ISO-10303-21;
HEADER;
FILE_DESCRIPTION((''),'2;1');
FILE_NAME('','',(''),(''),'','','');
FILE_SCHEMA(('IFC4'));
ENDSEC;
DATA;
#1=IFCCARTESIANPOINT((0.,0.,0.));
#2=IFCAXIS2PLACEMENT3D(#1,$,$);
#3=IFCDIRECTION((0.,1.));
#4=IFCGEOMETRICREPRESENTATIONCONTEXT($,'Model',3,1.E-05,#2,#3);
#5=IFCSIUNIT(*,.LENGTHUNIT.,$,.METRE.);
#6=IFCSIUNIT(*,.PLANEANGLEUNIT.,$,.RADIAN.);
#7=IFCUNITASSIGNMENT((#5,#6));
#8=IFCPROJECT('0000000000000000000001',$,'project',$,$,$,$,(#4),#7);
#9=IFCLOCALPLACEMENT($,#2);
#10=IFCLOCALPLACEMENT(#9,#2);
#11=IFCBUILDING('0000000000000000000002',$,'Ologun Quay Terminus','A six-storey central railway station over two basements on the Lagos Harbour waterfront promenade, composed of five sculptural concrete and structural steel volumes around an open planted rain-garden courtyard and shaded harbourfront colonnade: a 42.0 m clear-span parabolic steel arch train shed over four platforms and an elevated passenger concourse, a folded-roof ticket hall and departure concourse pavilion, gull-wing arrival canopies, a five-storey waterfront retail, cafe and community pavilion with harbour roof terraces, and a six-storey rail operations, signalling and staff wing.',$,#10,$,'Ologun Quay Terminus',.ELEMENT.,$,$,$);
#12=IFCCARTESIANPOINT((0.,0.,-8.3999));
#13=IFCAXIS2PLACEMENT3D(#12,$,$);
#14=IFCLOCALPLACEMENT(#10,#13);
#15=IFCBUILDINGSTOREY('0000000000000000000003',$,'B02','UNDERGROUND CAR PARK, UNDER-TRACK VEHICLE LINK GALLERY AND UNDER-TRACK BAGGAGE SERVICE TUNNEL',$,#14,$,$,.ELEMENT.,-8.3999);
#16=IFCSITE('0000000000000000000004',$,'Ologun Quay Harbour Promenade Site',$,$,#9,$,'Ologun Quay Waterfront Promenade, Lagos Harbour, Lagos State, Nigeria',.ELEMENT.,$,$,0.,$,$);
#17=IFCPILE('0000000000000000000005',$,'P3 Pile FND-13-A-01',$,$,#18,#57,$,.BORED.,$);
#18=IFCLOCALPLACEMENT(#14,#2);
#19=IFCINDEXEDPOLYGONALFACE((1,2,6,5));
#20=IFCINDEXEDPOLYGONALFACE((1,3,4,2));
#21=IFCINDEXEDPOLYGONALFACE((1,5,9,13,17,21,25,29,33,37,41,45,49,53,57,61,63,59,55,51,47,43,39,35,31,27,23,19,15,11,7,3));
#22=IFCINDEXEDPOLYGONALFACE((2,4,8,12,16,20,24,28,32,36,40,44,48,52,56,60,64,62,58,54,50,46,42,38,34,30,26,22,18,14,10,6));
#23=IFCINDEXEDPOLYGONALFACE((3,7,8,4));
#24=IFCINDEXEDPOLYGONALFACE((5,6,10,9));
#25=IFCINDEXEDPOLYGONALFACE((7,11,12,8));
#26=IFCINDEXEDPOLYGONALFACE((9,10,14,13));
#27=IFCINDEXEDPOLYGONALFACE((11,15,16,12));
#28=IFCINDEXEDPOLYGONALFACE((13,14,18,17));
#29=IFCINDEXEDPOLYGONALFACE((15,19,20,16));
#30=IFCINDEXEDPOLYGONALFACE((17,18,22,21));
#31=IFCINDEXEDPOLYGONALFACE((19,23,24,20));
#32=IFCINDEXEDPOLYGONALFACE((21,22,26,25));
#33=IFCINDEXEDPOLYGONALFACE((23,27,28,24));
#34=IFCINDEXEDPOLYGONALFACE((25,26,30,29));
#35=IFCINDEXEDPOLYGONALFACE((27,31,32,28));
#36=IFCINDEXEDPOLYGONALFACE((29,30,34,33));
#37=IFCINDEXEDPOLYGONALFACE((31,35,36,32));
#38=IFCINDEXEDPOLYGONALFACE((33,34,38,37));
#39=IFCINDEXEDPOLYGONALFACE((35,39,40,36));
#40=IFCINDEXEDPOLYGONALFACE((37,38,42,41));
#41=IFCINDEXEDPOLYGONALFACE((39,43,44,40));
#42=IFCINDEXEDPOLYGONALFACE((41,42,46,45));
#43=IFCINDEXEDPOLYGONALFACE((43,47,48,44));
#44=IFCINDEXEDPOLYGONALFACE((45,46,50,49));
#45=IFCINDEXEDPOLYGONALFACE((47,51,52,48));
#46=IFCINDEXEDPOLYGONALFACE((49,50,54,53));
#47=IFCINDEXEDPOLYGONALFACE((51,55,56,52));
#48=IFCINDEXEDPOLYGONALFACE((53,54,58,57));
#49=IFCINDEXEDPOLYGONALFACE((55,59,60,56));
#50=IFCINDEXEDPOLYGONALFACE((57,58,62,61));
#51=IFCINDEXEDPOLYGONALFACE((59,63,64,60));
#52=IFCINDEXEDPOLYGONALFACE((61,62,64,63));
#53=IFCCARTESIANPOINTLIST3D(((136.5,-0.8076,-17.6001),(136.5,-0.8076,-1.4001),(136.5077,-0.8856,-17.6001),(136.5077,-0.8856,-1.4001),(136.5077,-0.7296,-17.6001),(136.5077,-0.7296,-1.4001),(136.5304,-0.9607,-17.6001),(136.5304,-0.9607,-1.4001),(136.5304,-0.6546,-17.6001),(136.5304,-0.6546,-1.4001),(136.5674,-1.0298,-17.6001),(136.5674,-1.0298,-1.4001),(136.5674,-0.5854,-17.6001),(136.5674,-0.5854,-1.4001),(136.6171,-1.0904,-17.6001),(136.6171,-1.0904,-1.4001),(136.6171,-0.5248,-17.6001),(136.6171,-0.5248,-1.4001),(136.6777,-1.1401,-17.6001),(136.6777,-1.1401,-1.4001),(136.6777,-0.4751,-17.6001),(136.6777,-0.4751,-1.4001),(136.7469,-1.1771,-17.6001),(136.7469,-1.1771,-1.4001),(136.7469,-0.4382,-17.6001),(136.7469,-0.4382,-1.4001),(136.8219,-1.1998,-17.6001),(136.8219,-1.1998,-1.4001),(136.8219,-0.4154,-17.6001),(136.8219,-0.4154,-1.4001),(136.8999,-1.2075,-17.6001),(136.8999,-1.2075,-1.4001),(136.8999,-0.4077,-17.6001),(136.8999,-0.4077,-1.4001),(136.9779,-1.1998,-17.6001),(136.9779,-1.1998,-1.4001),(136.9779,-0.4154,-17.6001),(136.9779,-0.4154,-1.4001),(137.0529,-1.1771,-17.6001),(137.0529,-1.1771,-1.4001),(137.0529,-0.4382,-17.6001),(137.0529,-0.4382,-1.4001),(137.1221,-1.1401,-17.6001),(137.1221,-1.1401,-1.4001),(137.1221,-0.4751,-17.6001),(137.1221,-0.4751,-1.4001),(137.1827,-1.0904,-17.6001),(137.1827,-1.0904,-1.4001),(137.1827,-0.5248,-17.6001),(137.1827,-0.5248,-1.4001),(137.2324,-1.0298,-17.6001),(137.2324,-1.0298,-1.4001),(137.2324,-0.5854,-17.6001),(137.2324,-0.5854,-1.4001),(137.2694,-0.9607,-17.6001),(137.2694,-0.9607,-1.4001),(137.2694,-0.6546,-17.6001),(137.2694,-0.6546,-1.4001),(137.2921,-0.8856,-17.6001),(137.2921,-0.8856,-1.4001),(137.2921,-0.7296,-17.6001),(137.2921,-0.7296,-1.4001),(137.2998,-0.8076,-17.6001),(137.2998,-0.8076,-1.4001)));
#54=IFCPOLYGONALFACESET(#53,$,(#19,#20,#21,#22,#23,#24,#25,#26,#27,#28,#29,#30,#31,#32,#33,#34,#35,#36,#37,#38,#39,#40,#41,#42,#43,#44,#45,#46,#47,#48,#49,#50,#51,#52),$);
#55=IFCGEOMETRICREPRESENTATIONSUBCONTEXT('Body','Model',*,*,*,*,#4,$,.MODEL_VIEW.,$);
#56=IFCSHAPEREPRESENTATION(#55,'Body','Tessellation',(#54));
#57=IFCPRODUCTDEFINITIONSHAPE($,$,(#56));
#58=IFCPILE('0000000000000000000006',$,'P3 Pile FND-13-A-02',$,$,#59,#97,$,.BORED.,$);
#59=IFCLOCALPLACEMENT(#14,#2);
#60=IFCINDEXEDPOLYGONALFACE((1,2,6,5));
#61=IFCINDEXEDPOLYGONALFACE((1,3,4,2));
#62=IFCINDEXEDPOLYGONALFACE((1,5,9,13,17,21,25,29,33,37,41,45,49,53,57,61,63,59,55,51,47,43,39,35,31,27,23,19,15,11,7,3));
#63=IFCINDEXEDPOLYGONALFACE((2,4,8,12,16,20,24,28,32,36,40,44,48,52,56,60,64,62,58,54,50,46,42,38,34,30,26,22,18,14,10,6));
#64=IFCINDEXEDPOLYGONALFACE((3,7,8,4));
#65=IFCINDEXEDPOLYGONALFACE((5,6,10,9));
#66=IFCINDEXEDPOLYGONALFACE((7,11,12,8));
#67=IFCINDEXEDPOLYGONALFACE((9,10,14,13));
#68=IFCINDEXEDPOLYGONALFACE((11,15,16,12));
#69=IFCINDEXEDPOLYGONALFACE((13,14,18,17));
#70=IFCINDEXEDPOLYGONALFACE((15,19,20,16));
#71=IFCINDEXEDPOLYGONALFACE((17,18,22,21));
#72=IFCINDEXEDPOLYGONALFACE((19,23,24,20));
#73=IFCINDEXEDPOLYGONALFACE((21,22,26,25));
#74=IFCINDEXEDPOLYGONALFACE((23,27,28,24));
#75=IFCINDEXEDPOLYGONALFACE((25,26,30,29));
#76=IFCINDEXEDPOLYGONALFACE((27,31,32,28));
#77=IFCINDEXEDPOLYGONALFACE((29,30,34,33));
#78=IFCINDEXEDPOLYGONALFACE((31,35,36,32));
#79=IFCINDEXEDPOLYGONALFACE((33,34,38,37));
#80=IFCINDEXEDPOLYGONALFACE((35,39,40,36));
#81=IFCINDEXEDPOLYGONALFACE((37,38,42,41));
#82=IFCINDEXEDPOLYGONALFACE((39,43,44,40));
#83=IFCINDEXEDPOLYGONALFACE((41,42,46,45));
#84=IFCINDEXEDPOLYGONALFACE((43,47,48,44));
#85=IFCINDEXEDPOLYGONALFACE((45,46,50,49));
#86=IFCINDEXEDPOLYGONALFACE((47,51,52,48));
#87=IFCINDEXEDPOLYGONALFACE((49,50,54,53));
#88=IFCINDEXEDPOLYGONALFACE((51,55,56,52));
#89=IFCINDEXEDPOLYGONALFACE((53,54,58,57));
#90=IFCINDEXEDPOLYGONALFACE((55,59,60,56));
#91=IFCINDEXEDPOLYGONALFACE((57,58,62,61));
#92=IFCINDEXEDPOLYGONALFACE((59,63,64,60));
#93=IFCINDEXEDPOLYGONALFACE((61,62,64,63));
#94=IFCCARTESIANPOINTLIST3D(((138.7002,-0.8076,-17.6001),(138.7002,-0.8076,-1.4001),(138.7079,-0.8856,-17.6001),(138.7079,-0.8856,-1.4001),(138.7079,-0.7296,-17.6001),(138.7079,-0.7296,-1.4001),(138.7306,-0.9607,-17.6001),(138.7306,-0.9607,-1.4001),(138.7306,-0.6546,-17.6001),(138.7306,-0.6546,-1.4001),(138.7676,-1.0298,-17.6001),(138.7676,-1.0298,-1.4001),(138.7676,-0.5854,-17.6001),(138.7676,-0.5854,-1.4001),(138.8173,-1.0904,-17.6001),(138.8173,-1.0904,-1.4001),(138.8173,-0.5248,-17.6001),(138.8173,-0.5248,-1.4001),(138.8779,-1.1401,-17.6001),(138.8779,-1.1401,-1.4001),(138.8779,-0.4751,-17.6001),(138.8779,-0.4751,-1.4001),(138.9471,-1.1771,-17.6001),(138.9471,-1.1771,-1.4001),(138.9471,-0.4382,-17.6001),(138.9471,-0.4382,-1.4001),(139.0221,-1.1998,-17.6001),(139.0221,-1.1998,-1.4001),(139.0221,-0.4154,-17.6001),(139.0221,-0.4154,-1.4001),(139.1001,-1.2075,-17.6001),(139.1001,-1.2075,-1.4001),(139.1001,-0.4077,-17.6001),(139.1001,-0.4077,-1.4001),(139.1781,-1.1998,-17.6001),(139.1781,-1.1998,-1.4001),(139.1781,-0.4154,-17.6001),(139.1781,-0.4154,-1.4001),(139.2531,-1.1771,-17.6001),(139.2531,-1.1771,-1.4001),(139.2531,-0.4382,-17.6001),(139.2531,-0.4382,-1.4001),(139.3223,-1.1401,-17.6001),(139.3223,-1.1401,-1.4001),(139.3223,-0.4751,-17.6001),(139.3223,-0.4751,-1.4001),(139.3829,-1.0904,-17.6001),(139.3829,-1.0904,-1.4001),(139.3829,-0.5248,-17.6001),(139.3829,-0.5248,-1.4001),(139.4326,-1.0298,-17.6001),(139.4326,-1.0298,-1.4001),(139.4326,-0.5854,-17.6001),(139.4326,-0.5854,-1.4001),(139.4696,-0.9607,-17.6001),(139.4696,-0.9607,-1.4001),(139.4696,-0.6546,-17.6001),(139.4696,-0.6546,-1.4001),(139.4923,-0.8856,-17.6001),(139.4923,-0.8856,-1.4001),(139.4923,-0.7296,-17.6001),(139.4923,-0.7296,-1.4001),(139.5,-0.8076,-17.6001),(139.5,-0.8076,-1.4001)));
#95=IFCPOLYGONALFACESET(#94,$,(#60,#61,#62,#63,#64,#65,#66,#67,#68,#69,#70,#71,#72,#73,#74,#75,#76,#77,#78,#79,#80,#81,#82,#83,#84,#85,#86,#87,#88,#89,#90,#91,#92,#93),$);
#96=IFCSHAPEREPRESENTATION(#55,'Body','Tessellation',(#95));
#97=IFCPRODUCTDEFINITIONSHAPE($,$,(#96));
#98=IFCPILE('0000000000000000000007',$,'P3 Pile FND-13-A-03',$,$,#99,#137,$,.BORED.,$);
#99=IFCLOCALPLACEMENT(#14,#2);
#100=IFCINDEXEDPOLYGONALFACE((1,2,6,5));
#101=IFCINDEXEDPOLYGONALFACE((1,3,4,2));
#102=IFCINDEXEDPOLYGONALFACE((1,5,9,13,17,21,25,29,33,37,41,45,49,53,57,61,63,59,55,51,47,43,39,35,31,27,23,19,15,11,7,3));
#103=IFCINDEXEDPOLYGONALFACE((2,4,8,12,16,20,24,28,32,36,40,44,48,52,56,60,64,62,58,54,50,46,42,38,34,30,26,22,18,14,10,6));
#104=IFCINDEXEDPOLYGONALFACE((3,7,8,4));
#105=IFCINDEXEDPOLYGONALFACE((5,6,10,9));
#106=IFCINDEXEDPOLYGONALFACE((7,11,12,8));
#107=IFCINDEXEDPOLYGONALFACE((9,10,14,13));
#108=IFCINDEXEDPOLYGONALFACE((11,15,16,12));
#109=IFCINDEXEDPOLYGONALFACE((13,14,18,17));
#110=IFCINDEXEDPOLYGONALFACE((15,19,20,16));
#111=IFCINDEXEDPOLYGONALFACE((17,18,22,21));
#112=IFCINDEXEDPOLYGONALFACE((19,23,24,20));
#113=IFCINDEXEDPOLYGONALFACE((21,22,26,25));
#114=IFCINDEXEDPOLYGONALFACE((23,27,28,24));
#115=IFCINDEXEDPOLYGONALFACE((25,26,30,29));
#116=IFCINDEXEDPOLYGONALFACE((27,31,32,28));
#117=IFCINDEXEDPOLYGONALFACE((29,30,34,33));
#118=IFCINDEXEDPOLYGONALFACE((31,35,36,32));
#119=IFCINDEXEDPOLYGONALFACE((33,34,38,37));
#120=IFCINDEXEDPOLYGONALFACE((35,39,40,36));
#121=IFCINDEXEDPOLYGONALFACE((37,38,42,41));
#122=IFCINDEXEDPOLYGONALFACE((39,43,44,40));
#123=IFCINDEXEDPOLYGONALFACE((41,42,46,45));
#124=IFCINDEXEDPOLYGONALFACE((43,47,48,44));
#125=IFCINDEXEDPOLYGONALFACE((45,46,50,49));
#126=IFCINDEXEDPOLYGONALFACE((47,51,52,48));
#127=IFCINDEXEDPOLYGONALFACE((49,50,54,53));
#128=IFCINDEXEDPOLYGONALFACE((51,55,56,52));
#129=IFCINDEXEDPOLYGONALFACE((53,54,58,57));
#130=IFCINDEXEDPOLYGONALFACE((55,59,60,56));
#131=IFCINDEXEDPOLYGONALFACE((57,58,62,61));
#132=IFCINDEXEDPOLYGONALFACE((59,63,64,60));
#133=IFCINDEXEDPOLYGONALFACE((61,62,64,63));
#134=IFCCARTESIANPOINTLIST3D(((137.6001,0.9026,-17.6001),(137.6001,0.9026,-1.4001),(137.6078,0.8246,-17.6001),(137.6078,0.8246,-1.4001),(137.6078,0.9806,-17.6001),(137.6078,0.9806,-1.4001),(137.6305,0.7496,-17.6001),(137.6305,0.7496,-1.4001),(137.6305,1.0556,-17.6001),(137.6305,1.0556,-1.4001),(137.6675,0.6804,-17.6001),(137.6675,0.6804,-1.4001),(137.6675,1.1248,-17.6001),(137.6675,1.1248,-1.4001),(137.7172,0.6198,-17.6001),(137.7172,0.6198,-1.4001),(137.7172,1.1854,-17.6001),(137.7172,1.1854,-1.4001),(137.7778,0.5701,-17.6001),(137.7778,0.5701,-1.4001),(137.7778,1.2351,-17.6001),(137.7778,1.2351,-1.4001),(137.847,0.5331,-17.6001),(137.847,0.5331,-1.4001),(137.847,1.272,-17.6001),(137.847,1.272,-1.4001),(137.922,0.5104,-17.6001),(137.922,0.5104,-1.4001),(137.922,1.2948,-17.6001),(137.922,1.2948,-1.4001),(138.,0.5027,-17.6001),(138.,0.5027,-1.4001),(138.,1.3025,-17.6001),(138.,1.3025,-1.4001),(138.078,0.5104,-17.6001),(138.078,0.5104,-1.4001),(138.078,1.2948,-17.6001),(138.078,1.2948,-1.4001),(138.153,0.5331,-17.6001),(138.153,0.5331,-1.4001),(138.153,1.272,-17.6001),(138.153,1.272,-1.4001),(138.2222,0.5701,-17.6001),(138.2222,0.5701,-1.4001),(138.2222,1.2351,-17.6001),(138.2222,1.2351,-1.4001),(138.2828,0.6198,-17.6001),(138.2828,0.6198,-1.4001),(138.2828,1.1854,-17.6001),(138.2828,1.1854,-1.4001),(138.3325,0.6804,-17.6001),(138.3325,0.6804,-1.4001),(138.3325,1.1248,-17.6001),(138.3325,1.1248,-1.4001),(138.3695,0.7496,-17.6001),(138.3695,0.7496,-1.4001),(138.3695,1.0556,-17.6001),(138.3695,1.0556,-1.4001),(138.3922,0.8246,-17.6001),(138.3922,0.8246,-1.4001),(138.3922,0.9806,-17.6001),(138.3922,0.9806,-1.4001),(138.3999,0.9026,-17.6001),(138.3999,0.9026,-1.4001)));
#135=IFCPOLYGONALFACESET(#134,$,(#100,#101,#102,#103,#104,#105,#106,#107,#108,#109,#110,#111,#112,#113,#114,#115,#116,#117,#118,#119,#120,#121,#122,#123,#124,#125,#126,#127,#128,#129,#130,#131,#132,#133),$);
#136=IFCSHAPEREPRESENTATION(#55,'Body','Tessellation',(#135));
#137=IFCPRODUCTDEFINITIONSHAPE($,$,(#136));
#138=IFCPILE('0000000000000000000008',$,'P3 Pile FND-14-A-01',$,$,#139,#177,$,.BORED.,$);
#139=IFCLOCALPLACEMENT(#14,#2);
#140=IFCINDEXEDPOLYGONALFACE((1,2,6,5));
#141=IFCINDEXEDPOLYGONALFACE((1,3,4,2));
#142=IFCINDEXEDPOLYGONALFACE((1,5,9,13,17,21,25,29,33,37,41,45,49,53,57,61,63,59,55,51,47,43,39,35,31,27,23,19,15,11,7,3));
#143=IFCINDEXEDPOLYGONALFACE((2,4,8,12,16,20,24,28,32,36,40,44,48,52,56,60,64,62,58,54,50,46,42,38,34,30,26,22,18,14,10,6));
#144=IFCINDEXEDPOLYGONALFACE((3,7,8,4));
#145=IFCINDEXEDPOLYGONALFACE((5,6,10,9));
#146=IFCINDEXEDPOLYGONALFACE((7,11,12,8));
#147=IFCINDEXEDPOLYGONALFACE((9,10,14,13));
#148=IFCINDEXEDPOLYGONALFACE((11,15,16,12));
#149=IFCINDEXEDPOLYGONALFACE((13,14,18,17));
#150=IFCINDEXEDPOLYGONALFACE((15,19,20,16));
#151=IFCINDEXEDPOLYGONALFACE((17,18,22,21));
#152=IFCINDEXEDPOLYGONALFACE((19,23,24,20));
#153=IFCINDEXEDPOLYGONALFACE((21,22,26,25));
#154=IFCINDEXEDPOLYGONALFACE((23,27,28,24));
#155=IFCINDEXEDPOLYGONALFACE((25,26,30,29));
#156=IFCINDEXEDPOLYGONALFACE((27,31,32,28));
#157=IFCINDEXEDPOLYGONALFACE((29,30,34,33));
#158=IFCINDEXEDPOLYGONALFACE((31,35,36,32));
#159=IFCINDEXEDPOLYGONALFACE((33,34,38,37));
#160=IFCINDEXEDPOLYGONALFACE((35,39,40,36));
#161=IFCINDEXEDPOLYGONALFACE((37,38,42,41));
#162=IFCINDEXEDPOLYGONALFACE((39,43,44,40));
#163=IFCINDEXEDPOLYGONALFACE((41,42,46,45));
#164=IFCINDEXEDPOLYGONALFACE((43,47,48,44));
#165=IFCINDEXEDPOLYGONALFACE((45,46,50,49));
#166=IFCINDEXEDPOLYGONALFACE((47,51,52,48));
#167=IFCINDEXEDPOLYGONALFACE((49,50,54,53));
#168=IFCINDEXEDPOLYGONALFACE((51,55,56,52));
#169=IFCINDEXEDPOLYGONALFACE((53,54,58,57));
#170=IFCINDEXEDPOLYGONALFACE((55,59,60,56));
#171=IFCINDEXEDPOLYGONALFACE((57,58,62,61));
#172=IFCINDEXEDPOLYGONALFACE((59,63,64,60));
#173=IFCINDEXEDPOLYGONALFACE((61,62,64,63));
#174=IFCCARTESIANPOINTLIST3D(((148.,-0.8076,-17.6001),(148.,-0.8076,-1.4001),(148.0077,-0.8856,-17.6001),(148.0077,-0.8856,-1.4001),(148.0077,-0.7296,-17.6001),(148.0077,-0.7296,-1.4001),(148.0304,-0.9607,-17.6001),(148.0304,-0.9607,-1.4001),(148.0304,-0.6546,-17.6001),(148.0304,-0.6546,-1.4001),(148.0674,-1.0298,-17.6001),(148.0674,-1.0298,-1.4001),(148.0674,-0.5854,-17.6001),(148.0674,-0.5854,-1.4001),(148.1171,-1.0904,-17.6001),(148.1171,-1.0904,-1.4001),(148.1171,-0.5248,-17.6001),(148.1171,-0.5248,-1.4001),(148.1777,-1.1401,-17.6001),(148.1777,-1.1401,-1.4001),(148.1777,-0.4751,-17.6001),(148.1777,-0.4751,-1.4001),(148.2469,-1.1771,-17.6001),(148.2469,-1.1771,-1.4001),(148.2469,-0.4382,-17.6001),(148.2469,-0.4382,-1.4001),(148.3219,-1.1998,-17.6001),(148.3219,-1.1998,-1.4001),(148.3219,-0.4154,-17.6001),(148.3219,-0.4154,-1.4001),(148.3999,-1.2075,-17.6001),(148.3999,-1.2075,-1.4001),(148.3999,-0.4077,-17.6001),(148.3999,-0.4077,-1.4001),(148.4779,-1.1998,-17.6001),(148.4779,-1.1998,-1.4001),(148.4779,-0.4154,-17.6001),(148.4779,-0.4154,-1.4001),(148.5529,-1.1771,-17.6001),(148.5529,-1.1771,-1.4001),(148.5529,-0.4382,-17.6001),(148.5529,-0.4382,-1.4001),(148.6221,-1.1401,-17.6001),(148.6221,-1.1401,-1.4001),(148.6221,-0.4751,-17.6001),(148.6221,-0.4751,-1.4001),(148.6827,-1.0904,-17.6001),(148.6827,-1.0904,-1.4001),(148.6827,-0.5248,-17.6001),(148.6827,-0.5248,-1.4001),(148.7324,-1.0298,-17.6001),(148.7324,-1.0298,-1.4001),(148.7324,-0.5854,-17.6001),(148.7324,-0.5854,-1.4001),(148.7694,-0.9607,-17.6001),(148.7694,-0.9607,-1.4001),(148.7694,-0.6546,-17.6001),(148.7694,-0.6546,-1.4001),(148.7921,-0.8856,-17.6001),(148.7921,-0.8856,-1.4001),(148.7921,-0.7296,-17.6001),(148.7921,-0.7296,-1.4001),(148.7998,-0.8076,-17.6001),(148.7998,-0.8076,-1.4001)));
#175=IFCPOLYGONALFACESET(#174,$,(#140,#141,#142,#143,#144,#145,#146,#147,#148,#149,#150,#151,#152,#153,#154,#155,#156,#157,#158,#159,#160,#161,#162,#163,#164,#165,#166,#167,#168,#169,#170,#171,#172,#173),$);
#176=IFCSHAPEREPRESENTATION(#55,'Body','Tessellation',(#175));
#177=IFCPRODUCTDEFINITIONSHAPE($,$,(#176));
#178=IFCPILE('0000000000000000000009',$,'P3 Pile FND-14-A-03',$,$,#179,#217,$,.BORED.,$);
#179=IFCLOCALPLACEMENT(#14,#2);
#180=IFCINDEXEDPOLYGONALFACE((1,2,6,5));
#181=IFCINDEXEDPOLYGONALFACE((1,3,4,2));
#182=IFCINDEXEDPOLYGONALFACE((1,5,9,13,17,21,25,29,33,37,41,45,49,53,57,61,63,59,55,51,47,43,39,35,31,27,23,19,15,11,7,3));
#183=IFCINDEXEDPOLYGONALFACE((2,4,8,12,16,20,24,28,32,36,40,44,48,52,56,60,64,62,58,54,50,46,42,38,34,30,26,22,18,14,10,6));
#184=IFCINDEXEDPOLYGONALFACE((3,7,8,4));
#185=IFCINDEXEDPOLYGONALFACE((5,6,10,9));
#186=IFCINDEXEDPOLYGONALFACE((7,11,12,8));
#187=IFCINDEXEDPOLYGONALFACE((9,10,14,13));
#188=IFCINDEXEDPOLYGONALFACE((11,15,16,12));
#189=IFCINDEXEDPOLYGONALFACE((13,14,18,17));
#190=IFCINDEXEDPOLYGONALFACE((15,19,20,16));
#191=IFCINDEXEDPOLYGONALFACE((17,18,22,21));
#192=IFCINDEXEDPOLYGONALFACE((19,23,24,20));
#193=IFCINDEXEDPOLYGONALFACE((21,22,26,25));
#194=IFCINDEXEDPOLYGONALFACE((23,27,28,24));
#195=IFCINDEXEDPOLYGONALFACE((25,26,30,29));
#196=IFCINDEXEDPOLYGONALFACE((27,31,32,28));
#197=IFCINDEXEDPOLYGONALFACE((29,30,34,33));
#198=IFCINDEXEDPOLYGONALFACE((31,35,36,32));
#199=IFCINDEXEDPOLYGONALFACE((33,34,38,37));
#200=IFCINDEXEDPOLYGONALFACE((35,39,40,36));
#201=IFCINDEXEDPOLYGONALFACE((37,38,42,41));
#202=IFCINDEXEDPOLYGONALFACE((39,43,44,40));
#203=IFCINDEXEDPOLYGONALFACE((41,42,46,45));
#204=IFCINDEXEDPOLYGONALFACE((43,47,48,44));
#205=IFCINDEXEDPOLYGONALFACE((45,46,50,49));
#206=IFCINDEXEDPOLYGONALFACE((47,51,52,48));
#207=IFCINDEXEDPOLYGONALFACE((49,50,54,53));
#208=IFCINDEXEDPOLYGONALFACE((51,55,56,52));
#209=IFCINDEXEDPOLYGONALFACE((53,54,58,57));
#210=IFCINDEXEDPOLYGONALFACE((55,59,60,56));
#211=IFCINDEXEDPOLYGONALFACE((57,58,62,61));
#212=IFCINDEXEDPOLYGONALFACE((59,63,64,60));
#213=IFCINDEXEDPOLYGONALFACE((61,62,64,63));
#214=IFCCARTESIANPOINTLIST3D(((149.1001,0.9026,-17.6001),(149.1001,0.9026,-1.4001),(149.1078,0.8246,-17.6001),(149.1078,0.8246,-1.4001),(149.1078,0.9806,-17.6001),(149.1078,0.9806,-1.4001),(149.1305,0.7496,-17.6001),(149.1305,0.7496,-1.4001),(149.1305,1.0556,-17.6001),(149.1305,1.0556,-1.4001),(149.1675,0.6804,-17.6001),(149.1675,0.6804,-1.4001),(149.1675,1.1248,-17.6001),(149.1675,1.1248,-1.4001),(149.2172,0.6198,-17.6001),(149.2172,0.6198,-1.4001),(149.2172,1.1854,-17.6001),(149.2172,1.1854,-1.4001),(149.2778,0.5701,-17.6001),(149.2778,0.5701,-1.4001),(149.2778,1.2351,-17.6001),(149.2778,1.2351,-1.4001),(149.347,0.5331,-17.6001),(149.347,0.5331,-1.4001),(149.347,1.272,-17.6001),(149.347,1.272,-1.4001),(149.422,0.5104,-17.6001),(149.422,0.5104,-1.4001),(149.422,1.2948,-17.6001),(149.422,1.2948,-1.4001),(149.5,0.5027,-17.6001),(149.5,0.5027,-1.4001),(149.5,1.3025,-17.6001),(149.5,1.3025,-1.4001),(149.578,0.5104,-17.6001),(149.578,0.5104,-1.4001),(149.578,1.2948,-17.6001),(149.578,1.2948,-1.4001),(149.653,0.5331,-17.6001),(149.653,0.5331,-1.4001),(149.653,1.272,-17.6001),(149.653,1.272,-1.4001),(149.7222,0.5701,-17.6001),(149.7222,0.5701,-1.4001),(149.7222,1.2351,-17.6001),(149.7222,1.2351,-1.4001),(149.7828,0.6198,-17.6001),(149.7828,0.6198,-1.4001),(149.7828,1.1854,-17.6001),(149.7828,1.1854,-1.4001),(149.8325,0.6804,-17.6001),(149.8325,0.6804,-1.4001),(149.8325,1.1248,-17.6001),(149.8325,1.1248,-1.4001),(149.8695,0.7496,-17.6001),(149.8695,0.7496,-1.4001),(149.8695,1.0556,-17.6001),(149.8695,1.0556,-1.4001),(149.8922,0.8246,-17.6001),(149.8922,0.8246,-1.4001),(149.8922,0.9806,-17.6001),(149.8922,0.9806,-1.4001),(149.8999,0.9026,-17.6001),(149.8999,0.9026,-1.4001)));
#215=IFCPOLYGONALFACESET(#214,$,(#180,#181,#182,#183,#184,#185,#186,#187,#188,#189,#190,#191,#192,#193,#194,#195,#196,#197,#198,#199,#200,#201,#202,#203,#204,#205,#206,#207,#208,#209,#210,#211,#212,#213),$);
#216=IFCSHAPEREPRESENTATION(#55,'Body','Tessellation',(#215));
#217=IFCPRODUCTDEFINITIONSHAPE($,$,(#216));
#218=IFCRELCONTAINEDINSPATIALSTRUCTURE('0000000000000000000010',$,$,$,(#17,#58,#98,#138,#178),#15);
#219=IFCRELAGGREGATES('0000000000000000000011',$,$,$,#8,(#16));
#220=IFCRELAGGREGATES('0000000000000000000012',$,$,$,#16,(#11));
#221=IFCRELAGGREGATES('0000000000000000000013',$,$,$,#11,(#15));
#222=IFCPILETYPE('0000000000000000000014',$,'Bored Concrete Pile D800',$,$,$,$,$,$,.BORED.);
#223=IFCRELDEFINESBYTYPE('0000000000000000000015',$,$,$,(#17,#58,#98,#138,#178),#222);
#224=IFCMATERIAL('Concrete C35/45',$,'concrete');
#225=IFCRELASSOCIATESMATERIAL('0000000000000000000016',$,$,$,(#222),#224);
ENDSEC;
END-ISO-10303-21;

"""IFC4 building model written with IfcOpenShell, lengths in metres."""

from ifc_helpers import new_model, si_unit, direction, frame, origin, origin_2d, place, context, subcontext, project, spatial, circle, extrude, material, material_profile, profile_set, type_object, element, save


model = new_model("IFC4")

# Units and contexts
model_context = context("Model", 3, precision=1e-05, world=origin(), true_north=direction((0.0, 1.0)))
body_context = subcontext(model_context, "Body", "Model", "MODEL_VIEW")
ifc_project = project(units=[si_unit("LENGTHUNIT", "METRE"), si_unit("PLANEANGLEUNIT", "RADIAN")], contexts=[model_context])

# Site, building, storey
site_placement = place(None, origin())
site = spatial("IfcSite", under=ifc_project, at=site_placement, Name="Ologun Quay Harbour Promenade Site", LongName="Ologun Quay Waterfront Promenade, Lagos Harbour, Lagos State, Nigeria", CompositionType="ELEMENT", RefElevation=0.0)
building_placement = place(site_placement, origin())
building = spatial("IfcBuilding", under=site, at=building_placement, Name="Ologun Quay Terminus", Description="A six-storey central railway station over two basements on the Lagos Harbour waterfront promenade, composed of five sculptural concrete and structural steel volumes around an open planted rain-garden courtyard and shaded harbourfront colonnade: a 42.0 m clear-span parabolic steel arch train shed over four platforms and an elevated passenger concourse, a folded-roof ticket hall and departure concourse pavilion, gull-wing arrival canopies, a five-storey waterfront retail, cafe and community pavilion with harbour roof terraces, and a six-storey rail operations, signalling and staff wing.", LongName="Ologun Quay Terminus", CompositionType="ELEMENT")
storey_placement = place(building_placement, frame((0.0, 0.0, -8.3999)))
storey = spatial("IfcBuildingStorey", under=building, at=storey_placement, Name="B02", Description="UNDERGROUND CAR PARK, UNDER-TRACK VEHICLE LINK GALLERY AND UNDER-TRACK BAGGAGE SERVICE TUNNEL", CompositionType="ELEMENT", Elevation=-8.3999)

# Piles
ifc_material_1 = material(Name="Concrete C35/45", Category="concrete")
ifc_material_profile_1 = material_profile(ifc_material_1, circle(Radius=0.3999, at=origin_2d()), Name="PILE D800")
ifc_profile_set_1 = profile_set([ifc_material_profile_1], Name="Concrete C35/45")
pile_type_1 = type_object("IfcPileType", Name="Bored Concrete Pile D800", PredefinedType="BORED", material=ifc_profile_set_1)
for number, where, z_axis, x_axis, name in (
    (1, (136.8999, -0.8076, -1.4001), (0.0, 0.0, -1.0), (1.0, 0.0, 0.0), "P3 Pile FND-13-A-01"),
    (2, (139.1001, -0.8076, -1.4001), (0.0, 0.0, -1.0), (1.0, 0.0, 0.0), "P3 Pile FND-13-A-02"),
    (3, (138.0, 0.9026, -1.4001), (0.0, 0.0, -1.0), (1.0, 0.0, 0.0), "P3 Pile FND-13-A-03"),
    (4, (148.3999, -0.8076, -1.4001), (0.0, 0.0, -1.0), (1.0, 0.0, 0.0), "P3 Pile FND-14-A-01"),
    (5, (149.5, 0.9026, -1.4001), (0.0, 0.0, -1.0), (1.0, 0.0, 0.0), "P3 Pile FND-14-A-03"),
):
    element("IfcPile", number, at=place(storey_placement, frame(where, z_axis=z_axis, x_axis=x_axis)), inside=storey, type_object=pile_type_1, Name=name, PredefinedType="BORED", context=body_context, shape_type="SweptSolid", body=[
        extrude(circle(Radius=0.3999, at=origin_2d()), origin(), (0.0, 0.0, 1.0), 16.2),
    ])

save(model, "model.ifc")
